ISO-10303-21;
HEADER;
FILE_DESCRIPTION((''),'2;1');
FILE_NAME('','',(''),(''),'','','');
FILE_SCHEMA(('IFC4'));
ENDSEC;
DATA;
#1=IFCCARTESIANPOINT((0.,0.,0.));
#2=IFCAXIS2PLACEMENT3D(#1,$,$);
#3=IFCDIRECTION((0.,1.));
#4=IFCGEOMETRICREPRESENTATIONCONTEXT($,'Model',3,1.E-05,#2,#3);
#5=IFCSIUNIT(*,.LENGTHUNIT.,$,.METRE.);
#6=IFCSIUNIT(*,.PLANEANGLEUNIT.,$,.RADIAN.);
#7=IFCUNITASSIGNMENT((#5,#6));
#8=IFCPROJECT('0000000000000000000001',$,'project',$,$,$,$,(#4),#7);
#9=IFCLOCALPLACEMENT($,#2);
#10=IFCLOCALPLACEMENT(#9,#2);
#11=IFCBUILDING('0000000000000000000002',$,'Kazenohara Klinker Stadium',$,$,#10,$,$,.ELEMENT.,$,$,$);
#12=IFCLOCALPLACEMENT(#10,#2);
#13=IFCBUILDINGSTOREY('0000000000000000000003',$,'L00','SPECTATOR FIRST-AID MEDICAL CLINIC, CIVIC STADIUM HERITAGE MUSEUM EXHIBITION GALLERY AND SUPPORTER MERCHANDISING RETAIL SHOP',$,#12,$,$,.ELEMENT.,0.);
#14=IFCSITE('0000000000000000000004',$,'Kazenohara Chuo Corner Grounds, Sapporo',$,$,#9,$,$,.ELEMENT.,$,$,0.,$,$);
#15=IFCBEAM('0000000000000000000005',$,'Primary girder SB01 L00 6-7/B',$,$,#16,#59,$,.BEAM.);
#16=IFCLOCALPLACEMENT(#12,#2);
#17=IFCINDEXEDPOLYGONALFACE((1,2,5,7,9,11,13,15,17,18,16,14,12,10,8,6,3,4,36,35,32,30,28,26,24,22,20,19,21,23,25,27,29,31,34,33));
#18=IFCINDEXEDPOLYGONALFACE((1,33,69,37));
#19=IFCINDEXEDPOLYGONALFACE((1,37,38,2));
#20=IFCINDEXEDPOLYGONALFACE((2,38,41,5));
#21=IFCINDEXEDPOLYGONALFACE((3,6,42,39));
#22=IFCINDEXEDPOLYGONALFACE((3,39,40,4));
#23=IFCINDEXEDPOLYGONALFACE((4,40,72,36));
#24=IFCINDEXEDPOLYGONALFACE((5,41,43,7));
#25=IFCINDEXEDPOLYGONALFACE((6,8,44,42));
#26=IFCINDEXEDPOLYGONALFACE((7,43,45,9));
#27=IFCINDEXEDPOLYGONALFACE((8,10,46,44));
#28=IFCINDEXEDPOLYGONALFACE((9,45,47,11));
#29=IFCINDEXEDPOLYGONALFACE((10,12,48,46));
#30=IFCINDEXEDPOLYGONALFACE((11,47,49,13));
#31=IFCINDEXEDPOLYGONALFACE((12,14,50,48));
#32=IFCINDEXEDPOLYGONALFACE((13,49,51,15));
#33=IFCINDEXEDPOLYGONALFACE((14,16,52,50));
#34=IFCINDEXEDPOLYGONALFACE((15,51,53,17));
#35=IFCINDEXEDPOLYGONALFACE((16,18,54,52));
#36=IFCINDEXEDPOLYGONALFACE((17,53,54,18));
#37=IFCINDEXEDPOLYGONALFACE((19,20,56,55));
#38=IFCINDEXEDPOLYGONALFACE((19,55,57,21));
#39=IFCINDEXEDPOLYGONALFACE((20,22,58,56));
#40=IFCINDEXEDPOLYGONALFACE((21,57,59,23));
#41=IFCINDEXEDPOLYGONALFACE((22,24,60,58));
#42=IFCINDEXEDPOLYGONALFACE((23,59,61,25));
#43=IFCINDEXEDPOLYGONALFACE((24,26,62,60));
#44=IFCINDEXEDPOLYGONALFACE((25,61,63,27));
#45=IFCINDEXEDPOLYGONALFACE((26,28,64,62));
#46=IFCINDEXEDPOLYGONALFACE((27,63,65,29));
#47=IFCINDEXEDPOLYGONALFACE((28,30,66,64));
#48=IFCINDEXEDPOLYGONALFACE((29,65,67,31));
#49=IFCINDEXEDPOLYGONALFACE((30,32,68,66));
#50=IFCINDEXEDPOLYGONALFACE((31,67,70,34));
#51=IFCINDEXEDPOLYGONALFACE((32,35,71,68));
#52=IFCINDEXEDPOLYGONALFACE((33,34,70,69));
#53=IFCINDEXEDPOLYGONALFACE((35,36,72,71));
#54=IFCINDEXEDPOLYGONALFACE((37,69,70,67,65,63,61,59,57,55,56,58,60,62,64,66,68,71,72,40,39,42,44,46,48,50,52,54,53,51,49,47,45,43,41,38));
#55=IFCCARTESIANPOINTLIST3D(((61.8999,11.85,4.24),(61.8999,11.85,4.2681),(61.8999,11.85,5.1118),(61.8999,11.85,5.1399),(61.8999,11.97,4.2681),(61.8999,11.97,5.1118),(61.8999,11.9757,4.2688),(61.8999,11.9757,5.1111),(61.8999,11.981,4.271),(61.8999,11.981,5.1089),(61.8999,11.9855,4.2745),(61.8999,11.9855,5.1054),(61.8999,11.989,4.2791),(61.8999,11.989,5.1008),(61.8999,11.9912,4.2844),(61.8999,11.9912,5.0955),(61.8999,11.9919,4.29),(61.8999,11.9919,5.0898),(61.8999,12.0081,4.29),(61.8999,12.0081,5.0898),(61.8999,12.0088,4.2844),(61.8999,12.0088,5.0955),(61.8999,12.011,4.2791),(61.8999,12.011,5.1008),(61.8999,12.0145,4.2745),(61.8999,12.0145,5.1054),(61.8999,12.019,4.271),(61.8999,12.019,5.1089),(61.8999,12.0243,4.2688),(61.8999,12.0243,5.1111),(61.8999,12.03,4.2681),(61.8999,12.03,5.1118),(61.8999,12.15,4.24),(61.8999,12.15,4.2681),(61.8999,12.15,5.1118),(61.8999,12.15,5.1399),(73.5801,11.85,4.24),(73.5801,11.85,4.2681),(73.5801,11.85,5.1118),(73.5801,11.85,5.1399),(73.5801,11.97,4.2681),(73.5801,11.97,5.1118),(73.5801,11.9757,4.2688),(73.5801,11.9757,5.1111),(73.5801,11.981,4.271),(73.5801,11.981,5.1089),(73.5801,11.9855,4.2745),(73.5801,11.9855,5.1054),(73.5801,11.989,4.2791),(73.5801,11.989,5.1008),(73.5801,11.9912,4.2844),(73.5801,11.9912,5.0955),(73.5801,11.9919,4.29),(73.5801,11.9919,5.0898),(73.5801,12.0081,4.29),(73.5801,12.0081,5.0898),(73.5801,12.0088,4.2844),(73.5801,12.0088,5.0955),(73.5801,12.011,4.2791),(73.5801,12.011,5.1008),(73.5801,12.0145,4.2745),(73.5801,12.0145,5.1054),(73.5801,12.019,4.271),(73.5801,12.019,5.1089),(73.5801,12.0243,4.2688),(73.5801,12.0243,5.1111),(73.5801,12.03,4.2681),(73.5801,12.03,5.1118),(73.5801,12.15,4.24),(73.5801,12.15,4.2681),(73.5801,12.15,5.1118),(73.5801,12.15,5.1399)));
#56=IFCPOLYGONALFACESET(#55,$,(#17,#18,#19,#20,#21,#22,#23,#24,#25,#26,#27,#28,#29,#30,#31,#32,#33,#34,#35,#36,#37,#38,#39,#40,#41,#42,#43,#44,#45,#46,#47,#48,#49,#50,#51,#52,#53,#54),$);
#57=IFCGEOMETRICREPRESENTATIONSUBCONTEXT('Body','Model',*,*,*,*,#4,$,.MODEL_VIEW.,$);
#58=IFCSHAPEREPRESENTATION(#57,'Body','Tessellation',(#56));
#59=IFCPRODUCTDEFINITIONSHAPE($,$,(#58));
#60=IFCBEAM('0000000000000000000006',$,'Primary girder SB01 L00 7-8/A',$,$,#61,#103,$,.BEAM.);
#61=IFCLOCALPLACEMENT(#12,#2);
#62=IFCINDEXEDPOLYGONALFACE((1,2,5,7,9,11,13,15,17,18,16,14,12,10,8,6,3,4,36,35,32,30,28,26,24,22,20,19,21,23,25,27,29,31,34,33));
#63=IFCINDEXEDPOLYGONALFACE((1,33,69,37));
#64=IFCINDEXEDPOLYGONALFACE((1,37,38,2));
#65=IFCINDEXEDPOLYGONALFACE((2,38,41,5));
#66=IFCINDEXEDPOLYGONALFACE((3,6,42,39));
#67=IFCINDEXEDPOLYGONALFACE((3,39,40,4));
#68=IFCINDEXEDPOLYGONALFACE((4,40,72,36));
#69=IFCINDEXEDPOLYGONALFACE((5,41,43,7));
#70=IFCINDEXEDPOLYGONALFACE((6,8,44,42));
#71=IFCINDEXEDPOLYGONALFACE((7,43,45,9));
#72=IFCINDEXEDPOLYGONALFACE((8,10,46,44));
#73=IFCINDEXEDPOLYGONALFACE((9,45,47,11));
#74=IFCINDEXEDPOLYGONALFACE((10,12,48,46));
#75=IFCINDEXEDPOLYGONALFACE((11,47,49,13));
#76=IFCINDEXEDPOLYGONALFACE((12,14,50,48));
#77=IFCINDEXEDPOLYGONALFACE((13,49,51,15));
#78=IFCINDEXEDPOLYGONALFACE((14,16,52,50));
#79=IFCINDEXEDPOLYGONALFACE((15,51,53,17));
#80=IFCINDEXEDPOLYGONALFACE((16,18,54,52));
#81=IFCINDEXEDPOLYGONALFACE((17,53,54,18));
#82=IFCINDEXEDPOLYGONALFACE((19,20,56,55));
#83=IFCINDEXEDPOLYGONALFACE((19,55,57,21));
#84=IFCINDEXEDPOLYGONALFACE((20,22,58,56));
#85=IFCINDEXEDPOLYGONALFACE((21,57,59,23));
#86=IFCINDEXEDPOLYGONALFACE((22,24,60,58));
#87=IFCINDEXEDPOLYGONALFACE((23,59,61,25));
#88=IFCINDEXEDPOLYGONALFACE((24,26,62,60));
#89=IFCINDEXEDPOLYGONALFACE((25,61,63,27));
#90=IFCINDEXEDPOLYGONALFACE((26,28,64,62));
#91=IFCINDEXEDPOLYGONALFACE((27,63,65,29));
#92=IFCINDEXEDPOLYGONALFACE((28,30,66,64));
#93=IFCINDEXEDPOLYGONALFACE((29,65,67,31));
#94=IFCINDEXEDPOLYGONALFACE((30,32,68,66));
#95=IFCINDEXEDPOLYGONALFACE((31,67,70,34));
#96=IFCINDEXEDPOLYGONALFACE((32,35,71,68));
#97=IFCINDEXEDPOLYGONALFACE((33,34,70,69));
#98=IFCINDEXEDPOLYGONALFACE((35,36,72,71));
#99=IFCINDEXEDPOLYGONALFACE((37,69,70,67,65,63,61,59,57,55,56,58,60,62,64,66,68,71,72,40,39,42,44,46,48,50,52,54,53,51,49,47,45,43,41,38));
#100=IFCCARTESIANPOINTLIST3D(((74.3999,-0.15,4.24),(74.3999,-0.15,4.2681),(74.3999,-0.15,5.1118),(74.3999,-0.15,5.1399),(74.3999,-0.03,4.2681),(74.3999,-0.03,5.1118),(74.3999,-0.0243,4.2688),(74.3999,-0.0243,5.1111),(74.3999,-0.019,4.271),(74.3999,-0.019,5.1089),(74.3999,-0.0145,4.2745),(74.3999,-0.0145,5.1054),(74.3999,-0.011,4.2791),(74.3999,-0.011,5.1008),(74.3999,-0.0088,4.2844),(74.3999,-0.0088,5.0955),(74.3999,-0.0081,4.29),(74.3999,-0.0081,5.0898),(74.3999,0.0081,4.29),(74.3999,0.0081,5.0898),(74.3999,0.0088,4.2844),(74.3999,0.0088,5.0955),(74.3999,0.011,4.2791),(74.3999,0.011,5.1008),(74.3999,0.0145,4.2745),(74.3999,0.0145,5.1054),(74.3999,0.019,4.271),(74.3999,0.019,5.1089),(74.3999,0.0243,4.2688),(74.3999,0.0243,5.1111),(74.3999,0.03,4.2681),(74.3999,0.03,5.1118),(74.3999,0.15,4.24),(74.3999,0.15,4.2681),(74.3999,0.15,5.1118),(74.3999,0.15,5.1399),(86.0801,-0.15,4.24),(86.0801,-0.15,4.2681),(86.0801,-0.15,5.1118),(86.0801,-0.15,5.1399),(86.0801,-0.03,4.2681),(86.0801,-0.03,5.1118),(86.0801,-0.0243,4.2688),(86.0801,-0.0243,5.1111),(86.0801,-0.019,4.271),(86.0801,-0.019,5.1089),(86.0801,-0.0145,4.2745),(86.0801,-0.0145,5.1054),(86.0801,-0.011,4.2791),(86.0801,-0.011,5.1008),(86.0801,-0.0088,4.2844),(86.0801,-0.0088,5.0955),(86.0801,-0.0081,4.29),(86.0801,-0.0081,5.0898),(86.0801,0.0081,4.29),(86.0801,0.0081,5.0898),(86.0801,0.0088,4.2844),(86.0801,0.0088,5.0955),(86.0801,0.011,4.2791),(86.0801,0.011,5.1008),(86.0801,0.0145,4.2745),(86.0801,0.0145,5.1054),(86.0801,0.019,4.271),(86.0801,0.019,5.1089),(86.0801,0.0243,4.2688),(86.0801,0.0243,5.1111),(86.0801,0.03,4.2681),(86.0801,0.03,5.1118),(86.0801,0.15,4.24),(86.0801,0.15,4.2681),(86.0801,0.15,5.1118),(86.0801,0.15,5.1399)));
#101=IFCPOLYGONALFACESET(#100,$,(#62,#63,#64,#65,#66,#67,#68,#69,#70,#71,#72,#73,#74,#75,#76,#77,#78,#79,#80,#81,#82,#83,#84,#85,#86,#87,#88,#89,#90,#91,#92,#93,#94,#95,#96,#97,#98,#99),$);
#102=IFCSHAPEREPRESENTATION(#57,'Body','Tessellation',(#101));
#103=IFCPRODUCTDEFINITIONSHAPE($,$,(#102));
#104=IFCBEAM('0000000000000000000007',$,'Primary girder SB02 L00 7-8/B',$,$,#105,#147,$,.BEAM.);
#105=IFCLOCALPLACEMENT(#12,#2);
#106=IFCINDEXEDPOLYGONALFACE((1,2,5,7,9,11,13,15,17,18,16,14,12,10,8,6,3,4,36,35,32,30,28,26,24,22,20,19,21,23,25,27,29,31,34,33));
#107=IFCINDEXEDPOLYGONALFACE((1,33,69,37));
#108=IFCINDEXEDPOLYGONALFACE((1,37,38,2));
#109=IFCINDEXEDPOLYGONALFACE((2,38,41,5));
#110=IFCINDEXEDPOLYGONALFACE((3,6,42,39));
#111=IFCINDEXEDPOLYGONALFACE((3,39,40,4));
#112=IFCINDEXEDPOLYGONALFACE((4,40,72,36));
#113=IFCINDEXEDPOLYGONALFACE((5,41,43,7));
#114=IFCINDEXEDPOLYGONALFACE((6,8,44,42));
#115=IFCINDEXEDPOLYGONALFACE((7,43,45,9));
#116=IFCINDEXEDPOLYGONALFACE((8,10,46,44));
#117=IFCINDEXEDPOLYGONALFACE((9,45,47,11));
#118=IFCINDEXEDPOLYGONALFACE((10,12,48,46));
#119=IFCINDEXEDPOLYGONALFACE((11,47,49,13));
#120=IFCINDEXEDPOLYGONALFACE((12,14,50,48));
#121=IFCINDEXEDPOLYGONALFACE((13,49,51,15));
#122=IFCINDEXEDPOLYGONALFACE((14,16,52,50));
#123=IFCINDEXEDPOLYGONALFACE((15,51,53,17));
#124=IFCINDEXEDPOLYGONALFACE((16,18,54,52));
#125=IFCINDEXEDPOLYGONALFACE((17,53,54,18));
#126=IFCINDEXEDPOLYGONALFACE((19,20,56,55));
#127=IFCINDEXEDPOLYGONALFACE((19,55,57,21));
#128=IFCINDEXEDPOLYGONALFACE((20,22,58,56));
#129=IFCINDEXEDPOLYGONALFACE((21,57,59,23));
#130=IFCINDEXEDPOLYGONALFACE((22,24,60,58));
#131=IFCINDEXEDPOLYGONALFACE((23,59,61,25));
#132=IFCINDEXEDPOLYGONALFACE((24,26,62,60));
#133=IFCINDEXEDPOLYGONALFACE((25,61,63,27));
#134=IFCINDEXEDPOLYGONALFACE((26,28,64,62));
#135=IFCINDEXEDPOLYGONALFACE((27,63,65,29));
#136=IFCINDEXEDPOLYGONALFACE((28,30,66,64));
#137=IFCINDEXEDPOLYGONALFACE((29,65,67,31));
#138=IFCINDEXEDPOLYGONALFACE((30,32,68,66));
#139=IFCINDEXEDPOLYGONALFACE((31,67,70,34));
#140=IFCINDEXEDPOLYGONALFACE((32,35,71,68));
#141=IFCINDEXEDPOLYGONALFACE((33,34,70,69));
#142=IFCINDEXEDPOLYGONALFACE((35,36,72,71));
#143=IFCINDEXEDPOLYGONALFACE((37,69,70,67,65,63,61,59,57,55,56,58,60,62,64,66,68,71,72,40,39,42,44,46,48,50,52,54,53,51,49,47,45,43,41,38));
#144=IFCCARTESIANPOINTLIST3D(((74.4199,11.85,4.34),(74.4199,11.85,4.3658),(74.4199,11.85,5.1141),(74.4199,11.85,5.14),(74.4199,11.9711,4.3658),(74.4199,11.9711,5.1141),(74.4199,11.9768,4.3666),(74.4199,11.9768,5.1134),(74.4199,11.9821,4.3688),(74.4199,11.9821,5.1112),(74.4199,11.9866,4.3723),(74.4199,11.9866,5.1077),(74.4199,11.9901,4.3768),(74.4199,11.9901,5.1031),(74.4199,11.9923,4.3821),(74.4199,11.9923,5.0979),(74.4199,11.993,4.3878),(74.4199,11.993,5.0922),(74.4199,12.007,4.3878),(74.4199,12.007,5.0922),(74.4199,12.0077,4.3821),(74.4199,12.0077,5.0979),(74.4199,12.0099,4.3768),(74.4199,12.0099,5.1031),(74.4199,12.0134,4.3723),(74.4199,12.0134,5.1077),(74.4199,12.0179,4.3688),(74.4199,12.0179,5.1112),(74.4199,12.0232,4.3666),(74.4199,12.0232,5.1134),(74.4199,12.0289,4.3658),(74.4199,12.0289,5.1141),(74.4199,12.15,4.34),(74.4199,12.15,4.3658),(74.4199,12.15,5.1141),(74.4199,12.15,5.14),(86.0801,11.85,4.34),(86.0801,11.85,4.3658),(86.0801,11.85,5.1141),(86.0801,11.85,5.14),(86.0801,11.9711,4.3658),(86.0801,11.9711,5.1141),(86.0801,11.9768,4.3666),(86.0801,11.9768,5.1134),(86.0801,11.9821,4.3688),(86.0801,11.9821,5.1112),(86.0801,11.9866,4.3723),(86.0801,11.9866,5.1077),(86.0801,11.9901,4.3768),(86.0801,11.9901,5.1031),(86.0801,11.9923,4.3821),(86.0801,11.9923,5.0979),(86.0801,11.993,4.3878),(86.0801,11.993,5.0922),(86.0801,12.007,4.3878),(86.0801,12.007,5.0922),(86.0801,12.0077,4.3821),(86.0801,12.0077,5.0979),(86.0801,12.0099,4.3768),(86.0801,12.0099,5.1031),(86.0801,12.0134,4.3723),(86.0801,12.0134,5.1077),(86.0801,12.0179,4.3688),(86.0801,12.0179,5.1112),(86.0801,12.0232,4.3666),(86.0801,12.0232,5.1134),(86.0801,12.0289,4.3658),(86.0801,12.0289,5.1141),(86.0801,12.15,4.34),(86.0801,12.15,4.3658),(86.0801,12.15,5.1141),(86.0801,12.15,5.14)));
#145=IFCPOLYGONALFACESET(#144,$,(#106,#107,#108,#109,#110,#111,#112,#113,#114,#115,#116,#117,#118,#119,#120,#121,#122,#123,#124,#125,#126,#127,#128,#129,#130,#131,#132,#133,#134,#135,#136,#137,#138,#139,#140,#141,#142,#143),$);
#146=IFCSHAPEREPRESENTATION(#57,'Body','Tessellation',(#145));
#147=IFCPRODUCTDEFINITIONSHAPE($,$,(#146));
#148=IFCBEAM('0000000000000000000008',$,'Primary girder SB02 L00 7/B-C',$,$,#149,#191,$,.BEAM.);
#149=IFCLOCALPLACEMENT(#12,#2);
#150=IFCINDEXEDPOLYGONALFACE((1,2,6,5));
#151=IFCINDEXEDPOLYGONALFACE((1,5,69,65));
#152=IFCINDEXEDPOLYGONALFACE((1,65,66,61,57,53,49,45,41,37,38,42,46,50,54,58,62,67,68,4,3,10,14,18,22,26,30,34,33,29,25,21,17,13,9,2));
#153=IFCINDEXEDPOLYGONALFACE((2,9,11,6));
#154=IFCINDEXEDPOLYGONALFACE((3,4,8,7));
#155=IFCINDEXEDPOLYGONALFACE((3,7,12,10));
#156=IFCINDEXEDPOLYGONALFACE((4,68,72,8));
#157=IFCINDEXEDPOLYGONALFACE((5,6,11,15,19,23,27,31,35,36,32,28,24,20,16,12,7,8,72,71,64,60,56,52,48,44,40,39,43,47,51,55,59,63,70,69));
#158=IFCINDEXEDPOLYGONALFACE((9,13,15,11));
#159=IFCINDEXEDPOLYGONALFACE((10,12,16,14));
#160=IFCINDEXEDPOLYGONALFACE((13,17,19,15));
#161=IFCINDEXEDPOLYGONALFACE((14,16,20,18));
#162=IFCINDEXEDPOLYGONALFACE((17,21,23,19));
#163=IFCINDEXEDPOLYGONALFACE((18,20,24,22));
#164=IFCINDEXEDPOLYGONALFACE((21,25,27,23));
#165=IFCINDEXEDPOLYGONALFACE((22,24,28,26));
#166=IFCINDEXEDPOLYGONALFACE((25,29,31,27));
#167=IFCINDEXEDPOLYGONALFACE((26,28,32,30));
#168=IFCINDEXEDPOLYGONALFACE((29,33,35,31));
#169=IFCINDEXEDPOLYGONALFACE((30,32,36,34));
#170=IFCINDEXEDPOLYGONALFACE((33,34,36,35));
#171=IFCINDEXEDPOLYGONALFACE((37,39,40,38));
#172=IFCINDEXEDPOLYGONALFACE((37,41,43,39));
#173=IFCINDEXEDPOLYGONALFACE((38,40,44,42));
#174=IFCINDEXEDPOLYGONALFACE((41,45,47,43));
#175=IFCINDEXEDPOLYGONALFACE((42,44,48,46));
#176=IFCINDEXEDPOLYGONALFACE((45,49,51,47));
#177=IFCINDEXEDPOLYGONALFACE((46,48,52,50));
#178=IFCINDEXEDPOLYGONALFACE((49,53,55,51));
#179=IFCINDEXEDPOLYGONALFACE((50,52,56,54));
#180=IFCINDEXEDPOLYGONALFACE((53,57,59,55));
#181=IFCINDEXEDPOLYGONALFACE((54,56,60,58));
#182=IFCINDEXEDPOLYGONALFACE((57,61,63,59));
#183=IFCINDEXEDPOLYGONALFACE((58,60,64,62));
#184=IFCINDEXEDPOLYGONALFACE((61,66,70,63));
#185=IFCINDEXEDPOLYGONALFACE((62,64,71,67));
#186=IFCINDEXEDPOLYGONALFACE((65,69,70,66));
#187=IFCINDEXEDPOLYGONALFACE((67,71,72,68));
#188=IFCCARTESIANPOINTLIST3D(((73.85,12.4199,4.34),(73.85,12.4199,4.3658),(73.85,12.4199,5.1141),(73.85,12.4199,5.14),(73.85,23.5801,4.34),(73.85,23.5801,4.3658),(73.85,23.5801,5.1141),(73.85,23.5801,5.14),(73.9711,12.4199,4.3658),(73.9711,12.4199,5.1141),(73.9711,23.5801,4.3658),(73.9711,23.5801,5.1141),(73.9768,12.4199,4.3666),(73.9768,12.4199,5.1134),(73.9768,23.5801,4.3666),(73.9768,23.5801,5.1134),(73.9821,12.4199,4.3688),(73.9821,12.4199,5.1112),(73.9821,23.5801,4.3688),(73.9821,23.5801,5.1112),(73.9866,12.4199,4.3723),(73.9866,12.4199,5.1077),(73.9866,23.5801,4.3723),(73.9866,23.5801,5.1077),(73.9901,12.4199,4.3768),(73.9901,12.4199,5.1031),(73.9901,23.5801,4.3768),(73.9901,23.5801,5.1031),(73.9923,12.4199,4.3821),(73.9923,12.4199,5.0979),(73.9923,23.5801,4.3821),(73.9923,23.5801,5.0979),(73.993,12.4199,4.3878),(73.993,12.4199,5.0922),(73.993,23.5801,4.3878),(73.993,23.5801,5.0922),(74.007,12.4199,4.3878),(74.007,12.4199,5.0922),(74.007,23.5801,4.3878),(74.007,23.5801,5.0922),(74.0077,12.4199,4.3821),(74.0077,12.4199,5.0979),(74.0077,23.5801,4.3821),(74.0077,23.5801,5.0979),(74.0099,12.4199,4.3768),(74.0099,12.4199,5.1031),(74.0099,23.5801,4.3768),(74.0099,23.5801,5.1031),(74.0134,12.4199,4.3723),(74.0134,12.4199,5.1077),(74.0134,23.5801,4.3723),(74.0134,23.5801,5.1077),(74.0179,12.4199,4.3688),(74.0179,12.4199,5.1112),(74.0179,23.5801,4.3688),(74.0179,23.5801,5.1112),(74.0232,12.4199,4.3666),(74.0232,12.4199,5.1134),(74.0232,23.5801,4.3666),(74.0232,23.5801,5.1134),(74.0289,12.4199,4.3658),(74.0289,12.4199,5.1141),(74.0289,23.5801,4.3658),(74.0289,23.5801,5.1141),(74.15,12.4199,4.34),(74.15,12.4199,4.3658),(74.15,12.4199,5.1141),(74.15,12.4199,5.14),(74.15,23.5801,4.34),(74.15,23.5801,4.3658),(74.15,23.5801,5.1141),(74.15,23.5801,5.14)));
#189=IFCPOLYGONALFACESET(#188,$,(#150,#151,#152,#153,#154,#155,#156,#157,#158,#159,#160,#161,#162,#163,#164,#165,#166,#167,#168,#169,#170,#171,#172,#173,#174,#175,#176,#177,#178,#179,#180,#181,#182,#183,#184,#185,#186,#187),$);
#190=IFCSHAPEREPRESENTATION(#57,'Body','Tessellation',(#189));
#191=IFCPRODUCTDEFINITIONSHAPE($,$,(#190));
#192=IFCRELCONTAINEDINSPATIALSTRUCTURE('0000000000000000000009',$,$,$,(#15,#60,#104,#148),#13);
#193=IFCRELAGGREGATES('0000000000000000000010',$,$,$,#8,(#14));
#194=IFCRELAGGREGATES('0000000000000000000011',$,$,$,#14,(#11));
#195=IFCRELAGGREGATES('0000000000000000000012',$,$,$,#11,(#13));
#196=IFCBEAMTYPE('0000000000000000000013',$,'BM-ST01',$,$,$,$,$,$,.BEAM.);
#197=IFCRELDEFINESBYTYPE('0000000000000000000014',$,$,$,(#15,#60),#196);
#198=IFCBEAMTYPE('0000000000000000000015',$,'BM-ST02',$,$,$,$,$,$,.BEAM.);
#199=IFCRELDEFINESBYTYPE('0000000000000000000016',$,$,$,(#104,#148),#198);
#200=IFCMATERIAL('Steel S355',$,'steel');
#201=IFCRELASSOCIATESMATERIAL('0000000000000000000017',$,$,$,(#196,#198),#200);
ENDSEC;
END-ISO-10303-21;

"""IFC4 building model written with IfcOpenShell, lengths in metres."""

from ifc_helpers import new_model, si_unit, direction, frame, origin, origin_2d, place, context, subcontext, project, spatial, i_section, extrude, material, material_profile, profile_set, type_object, element, save


model = new_model("IFC4")

# Units and contexts
model_context = context("Model", 3, precision=1e-05, world=origin(), true_north=direction((0.0, 1.0)))
body_context = subcontext(model_context, "Body", "Model", "MODEL_VIEW")
ifc_project = project(units=[si_unit("LENGTHUNIT", "METRE"), si_unit("PLANEANGLEUNIT", "RADIAN")], contexts=[model_context])

# Site, building, storey
site_placement = place(None, origin())
site = spatial("IfcSite", under=ifc_project, at=site_placement, Name="Kazenohara Chuo Corner Grounds, Sapporo", CompositionType="ELEMENT", RefElevation=0.0)
building_placement = place(site_placement, origin())
building = spatial("IfcBuilding", under=site, at=building_placement, Name="Kazenohara Klinker Stadium", CompositionType="ELEMENT")
storey_placement = place(building_placement, origin())
storey = spatial("IfcBuildingStorey", under=building, at=storey_placement, Name="L00", Description="SPECTATOR FIRST-AID MEDICAL CLINIC, CIVIC STADIUM HERITAGE MUSEUM EXHIBITION GALLERY AND SUPPORTER MERCHANDISING RETAIL SHOP", CompositionType="ELEMENT", Elevation=0.0)

# Beams
ifc_material_1 = material(Name="Steel S355", Category="steel")
ifc_material_profile_1 = material_profile(ifc_material_1, i_section(OverallWidth=0.3, OverallDepth=0.8999, WebThickness=0.0161, FlangeThickness=0.0281, FilletRadius=0.022, at=origin_2d()), Name="H-900x300x16x28")
ifc_profile_set_1 = profile_set([ifc_material_profile_1], Name="Steel S355")
beam_type_1 = type_object("IfcBeamType", Name="BM-ST01", PredefinedType="BEAM", material=ifc_profile_set_1)
for number, where, z_axis, x_axis, name in (
    (1, (61.8999, 12.0, 4.6899), (1.0, 0.0, 0.0), (0.0, 1.0, 0.0), "Primary girder SB01 L00 6-7/B"),
    (2, (74.3999, 0.0, 4.6899), (1.0, 0.0, 0.0), (0.0, 1.0, 0.0), "Primary girder SB01 L00 7-8/A"),
):
    element("IfcBeam", number, at=place(storey_placement, frame(where, z_axis=z_axis, x_axis=x_axis)), inside=storey, type_object=beam_type_1, Name=name, PredefinedType="BEAM", context=body_context, shape_type="SweptSolid", body=[
        extrude(i_section(OverallWidth=0.3, OverallDepth=0.8999, WebThickness=0.0161, FlangeThickness=0.0281, FilletRadius=0.022, at=origin_2d()), origin(), (0.0, 0.0, 1.0), 11.6802),
    ])
ifc_material_profile_2 = material_profile(ifc_material_1, i_section(OverallWidth=0.3, OverallDepth=0.8, WebThickness=0.0139, FlangeThickness=0.0259, FilletRadius=0.022, at=origin_2d()), Name="H-800x300x14x26")
ifc_profile_set_2 = profile_set([ifc_material_profile_2], Name="Steel S355")
beam_type_2 = type_object("IfcBeamType", Name="BM-ST02", PredefinedType="BEAM", material=ifc_profile_set_2)
beam_1_placement = place(storey_placement, frame((74.4199, 12.0, 4.74), z_axis=(1.0, 0.0, 0.0), x_axis=(0.0, 1.0, 0.0)))
element("IfcBeam", 3, at=beam_1_placement, inside=storey, type_object=beam_type_2, Name="Primary girder SB02 L00 7-8/B", PredefinedType="BEAM", context=body_context, shape_type="SweptSolid", body=[
    extrude(i_section(OverallWidth=0.3, OverallDepth=0.8, WebThickness=0.0139, FlangeThickness=0.0259, FilletRadius=0.022, at=origin_2d()), origin(), (0.0, 0.0, 1.0), 11.6602),
])
for number, where, z_axis, x_axis, name in (
    (4, (74.0, 12.4199, 4.74), (0.0, 1.0, 0.0), (-1.0, 0.0, 0.0), "Primary girder SB02 L00 7/B-C"),
):
    element("IfcBeam", number, at=place(storey_placement, frame(where, z_axis=z_axis, x_axis=x_axis)), inside=storey, type_object=beam_type_2, Name=name, PredefinedType="BEAM", context=body_context, shape_type="SweptSolid", body=[
        extrude(i_section(OverallWidth=0.3, OverallDepth=0.8, WebThickness=0.0139, FlangeThickness=0.0259, FilletRadius=0.022, at=origin_2d()), origin(), (0.0, 0.0, 1.0), 11.1602),
    ])

save(model, "model.ifc")
